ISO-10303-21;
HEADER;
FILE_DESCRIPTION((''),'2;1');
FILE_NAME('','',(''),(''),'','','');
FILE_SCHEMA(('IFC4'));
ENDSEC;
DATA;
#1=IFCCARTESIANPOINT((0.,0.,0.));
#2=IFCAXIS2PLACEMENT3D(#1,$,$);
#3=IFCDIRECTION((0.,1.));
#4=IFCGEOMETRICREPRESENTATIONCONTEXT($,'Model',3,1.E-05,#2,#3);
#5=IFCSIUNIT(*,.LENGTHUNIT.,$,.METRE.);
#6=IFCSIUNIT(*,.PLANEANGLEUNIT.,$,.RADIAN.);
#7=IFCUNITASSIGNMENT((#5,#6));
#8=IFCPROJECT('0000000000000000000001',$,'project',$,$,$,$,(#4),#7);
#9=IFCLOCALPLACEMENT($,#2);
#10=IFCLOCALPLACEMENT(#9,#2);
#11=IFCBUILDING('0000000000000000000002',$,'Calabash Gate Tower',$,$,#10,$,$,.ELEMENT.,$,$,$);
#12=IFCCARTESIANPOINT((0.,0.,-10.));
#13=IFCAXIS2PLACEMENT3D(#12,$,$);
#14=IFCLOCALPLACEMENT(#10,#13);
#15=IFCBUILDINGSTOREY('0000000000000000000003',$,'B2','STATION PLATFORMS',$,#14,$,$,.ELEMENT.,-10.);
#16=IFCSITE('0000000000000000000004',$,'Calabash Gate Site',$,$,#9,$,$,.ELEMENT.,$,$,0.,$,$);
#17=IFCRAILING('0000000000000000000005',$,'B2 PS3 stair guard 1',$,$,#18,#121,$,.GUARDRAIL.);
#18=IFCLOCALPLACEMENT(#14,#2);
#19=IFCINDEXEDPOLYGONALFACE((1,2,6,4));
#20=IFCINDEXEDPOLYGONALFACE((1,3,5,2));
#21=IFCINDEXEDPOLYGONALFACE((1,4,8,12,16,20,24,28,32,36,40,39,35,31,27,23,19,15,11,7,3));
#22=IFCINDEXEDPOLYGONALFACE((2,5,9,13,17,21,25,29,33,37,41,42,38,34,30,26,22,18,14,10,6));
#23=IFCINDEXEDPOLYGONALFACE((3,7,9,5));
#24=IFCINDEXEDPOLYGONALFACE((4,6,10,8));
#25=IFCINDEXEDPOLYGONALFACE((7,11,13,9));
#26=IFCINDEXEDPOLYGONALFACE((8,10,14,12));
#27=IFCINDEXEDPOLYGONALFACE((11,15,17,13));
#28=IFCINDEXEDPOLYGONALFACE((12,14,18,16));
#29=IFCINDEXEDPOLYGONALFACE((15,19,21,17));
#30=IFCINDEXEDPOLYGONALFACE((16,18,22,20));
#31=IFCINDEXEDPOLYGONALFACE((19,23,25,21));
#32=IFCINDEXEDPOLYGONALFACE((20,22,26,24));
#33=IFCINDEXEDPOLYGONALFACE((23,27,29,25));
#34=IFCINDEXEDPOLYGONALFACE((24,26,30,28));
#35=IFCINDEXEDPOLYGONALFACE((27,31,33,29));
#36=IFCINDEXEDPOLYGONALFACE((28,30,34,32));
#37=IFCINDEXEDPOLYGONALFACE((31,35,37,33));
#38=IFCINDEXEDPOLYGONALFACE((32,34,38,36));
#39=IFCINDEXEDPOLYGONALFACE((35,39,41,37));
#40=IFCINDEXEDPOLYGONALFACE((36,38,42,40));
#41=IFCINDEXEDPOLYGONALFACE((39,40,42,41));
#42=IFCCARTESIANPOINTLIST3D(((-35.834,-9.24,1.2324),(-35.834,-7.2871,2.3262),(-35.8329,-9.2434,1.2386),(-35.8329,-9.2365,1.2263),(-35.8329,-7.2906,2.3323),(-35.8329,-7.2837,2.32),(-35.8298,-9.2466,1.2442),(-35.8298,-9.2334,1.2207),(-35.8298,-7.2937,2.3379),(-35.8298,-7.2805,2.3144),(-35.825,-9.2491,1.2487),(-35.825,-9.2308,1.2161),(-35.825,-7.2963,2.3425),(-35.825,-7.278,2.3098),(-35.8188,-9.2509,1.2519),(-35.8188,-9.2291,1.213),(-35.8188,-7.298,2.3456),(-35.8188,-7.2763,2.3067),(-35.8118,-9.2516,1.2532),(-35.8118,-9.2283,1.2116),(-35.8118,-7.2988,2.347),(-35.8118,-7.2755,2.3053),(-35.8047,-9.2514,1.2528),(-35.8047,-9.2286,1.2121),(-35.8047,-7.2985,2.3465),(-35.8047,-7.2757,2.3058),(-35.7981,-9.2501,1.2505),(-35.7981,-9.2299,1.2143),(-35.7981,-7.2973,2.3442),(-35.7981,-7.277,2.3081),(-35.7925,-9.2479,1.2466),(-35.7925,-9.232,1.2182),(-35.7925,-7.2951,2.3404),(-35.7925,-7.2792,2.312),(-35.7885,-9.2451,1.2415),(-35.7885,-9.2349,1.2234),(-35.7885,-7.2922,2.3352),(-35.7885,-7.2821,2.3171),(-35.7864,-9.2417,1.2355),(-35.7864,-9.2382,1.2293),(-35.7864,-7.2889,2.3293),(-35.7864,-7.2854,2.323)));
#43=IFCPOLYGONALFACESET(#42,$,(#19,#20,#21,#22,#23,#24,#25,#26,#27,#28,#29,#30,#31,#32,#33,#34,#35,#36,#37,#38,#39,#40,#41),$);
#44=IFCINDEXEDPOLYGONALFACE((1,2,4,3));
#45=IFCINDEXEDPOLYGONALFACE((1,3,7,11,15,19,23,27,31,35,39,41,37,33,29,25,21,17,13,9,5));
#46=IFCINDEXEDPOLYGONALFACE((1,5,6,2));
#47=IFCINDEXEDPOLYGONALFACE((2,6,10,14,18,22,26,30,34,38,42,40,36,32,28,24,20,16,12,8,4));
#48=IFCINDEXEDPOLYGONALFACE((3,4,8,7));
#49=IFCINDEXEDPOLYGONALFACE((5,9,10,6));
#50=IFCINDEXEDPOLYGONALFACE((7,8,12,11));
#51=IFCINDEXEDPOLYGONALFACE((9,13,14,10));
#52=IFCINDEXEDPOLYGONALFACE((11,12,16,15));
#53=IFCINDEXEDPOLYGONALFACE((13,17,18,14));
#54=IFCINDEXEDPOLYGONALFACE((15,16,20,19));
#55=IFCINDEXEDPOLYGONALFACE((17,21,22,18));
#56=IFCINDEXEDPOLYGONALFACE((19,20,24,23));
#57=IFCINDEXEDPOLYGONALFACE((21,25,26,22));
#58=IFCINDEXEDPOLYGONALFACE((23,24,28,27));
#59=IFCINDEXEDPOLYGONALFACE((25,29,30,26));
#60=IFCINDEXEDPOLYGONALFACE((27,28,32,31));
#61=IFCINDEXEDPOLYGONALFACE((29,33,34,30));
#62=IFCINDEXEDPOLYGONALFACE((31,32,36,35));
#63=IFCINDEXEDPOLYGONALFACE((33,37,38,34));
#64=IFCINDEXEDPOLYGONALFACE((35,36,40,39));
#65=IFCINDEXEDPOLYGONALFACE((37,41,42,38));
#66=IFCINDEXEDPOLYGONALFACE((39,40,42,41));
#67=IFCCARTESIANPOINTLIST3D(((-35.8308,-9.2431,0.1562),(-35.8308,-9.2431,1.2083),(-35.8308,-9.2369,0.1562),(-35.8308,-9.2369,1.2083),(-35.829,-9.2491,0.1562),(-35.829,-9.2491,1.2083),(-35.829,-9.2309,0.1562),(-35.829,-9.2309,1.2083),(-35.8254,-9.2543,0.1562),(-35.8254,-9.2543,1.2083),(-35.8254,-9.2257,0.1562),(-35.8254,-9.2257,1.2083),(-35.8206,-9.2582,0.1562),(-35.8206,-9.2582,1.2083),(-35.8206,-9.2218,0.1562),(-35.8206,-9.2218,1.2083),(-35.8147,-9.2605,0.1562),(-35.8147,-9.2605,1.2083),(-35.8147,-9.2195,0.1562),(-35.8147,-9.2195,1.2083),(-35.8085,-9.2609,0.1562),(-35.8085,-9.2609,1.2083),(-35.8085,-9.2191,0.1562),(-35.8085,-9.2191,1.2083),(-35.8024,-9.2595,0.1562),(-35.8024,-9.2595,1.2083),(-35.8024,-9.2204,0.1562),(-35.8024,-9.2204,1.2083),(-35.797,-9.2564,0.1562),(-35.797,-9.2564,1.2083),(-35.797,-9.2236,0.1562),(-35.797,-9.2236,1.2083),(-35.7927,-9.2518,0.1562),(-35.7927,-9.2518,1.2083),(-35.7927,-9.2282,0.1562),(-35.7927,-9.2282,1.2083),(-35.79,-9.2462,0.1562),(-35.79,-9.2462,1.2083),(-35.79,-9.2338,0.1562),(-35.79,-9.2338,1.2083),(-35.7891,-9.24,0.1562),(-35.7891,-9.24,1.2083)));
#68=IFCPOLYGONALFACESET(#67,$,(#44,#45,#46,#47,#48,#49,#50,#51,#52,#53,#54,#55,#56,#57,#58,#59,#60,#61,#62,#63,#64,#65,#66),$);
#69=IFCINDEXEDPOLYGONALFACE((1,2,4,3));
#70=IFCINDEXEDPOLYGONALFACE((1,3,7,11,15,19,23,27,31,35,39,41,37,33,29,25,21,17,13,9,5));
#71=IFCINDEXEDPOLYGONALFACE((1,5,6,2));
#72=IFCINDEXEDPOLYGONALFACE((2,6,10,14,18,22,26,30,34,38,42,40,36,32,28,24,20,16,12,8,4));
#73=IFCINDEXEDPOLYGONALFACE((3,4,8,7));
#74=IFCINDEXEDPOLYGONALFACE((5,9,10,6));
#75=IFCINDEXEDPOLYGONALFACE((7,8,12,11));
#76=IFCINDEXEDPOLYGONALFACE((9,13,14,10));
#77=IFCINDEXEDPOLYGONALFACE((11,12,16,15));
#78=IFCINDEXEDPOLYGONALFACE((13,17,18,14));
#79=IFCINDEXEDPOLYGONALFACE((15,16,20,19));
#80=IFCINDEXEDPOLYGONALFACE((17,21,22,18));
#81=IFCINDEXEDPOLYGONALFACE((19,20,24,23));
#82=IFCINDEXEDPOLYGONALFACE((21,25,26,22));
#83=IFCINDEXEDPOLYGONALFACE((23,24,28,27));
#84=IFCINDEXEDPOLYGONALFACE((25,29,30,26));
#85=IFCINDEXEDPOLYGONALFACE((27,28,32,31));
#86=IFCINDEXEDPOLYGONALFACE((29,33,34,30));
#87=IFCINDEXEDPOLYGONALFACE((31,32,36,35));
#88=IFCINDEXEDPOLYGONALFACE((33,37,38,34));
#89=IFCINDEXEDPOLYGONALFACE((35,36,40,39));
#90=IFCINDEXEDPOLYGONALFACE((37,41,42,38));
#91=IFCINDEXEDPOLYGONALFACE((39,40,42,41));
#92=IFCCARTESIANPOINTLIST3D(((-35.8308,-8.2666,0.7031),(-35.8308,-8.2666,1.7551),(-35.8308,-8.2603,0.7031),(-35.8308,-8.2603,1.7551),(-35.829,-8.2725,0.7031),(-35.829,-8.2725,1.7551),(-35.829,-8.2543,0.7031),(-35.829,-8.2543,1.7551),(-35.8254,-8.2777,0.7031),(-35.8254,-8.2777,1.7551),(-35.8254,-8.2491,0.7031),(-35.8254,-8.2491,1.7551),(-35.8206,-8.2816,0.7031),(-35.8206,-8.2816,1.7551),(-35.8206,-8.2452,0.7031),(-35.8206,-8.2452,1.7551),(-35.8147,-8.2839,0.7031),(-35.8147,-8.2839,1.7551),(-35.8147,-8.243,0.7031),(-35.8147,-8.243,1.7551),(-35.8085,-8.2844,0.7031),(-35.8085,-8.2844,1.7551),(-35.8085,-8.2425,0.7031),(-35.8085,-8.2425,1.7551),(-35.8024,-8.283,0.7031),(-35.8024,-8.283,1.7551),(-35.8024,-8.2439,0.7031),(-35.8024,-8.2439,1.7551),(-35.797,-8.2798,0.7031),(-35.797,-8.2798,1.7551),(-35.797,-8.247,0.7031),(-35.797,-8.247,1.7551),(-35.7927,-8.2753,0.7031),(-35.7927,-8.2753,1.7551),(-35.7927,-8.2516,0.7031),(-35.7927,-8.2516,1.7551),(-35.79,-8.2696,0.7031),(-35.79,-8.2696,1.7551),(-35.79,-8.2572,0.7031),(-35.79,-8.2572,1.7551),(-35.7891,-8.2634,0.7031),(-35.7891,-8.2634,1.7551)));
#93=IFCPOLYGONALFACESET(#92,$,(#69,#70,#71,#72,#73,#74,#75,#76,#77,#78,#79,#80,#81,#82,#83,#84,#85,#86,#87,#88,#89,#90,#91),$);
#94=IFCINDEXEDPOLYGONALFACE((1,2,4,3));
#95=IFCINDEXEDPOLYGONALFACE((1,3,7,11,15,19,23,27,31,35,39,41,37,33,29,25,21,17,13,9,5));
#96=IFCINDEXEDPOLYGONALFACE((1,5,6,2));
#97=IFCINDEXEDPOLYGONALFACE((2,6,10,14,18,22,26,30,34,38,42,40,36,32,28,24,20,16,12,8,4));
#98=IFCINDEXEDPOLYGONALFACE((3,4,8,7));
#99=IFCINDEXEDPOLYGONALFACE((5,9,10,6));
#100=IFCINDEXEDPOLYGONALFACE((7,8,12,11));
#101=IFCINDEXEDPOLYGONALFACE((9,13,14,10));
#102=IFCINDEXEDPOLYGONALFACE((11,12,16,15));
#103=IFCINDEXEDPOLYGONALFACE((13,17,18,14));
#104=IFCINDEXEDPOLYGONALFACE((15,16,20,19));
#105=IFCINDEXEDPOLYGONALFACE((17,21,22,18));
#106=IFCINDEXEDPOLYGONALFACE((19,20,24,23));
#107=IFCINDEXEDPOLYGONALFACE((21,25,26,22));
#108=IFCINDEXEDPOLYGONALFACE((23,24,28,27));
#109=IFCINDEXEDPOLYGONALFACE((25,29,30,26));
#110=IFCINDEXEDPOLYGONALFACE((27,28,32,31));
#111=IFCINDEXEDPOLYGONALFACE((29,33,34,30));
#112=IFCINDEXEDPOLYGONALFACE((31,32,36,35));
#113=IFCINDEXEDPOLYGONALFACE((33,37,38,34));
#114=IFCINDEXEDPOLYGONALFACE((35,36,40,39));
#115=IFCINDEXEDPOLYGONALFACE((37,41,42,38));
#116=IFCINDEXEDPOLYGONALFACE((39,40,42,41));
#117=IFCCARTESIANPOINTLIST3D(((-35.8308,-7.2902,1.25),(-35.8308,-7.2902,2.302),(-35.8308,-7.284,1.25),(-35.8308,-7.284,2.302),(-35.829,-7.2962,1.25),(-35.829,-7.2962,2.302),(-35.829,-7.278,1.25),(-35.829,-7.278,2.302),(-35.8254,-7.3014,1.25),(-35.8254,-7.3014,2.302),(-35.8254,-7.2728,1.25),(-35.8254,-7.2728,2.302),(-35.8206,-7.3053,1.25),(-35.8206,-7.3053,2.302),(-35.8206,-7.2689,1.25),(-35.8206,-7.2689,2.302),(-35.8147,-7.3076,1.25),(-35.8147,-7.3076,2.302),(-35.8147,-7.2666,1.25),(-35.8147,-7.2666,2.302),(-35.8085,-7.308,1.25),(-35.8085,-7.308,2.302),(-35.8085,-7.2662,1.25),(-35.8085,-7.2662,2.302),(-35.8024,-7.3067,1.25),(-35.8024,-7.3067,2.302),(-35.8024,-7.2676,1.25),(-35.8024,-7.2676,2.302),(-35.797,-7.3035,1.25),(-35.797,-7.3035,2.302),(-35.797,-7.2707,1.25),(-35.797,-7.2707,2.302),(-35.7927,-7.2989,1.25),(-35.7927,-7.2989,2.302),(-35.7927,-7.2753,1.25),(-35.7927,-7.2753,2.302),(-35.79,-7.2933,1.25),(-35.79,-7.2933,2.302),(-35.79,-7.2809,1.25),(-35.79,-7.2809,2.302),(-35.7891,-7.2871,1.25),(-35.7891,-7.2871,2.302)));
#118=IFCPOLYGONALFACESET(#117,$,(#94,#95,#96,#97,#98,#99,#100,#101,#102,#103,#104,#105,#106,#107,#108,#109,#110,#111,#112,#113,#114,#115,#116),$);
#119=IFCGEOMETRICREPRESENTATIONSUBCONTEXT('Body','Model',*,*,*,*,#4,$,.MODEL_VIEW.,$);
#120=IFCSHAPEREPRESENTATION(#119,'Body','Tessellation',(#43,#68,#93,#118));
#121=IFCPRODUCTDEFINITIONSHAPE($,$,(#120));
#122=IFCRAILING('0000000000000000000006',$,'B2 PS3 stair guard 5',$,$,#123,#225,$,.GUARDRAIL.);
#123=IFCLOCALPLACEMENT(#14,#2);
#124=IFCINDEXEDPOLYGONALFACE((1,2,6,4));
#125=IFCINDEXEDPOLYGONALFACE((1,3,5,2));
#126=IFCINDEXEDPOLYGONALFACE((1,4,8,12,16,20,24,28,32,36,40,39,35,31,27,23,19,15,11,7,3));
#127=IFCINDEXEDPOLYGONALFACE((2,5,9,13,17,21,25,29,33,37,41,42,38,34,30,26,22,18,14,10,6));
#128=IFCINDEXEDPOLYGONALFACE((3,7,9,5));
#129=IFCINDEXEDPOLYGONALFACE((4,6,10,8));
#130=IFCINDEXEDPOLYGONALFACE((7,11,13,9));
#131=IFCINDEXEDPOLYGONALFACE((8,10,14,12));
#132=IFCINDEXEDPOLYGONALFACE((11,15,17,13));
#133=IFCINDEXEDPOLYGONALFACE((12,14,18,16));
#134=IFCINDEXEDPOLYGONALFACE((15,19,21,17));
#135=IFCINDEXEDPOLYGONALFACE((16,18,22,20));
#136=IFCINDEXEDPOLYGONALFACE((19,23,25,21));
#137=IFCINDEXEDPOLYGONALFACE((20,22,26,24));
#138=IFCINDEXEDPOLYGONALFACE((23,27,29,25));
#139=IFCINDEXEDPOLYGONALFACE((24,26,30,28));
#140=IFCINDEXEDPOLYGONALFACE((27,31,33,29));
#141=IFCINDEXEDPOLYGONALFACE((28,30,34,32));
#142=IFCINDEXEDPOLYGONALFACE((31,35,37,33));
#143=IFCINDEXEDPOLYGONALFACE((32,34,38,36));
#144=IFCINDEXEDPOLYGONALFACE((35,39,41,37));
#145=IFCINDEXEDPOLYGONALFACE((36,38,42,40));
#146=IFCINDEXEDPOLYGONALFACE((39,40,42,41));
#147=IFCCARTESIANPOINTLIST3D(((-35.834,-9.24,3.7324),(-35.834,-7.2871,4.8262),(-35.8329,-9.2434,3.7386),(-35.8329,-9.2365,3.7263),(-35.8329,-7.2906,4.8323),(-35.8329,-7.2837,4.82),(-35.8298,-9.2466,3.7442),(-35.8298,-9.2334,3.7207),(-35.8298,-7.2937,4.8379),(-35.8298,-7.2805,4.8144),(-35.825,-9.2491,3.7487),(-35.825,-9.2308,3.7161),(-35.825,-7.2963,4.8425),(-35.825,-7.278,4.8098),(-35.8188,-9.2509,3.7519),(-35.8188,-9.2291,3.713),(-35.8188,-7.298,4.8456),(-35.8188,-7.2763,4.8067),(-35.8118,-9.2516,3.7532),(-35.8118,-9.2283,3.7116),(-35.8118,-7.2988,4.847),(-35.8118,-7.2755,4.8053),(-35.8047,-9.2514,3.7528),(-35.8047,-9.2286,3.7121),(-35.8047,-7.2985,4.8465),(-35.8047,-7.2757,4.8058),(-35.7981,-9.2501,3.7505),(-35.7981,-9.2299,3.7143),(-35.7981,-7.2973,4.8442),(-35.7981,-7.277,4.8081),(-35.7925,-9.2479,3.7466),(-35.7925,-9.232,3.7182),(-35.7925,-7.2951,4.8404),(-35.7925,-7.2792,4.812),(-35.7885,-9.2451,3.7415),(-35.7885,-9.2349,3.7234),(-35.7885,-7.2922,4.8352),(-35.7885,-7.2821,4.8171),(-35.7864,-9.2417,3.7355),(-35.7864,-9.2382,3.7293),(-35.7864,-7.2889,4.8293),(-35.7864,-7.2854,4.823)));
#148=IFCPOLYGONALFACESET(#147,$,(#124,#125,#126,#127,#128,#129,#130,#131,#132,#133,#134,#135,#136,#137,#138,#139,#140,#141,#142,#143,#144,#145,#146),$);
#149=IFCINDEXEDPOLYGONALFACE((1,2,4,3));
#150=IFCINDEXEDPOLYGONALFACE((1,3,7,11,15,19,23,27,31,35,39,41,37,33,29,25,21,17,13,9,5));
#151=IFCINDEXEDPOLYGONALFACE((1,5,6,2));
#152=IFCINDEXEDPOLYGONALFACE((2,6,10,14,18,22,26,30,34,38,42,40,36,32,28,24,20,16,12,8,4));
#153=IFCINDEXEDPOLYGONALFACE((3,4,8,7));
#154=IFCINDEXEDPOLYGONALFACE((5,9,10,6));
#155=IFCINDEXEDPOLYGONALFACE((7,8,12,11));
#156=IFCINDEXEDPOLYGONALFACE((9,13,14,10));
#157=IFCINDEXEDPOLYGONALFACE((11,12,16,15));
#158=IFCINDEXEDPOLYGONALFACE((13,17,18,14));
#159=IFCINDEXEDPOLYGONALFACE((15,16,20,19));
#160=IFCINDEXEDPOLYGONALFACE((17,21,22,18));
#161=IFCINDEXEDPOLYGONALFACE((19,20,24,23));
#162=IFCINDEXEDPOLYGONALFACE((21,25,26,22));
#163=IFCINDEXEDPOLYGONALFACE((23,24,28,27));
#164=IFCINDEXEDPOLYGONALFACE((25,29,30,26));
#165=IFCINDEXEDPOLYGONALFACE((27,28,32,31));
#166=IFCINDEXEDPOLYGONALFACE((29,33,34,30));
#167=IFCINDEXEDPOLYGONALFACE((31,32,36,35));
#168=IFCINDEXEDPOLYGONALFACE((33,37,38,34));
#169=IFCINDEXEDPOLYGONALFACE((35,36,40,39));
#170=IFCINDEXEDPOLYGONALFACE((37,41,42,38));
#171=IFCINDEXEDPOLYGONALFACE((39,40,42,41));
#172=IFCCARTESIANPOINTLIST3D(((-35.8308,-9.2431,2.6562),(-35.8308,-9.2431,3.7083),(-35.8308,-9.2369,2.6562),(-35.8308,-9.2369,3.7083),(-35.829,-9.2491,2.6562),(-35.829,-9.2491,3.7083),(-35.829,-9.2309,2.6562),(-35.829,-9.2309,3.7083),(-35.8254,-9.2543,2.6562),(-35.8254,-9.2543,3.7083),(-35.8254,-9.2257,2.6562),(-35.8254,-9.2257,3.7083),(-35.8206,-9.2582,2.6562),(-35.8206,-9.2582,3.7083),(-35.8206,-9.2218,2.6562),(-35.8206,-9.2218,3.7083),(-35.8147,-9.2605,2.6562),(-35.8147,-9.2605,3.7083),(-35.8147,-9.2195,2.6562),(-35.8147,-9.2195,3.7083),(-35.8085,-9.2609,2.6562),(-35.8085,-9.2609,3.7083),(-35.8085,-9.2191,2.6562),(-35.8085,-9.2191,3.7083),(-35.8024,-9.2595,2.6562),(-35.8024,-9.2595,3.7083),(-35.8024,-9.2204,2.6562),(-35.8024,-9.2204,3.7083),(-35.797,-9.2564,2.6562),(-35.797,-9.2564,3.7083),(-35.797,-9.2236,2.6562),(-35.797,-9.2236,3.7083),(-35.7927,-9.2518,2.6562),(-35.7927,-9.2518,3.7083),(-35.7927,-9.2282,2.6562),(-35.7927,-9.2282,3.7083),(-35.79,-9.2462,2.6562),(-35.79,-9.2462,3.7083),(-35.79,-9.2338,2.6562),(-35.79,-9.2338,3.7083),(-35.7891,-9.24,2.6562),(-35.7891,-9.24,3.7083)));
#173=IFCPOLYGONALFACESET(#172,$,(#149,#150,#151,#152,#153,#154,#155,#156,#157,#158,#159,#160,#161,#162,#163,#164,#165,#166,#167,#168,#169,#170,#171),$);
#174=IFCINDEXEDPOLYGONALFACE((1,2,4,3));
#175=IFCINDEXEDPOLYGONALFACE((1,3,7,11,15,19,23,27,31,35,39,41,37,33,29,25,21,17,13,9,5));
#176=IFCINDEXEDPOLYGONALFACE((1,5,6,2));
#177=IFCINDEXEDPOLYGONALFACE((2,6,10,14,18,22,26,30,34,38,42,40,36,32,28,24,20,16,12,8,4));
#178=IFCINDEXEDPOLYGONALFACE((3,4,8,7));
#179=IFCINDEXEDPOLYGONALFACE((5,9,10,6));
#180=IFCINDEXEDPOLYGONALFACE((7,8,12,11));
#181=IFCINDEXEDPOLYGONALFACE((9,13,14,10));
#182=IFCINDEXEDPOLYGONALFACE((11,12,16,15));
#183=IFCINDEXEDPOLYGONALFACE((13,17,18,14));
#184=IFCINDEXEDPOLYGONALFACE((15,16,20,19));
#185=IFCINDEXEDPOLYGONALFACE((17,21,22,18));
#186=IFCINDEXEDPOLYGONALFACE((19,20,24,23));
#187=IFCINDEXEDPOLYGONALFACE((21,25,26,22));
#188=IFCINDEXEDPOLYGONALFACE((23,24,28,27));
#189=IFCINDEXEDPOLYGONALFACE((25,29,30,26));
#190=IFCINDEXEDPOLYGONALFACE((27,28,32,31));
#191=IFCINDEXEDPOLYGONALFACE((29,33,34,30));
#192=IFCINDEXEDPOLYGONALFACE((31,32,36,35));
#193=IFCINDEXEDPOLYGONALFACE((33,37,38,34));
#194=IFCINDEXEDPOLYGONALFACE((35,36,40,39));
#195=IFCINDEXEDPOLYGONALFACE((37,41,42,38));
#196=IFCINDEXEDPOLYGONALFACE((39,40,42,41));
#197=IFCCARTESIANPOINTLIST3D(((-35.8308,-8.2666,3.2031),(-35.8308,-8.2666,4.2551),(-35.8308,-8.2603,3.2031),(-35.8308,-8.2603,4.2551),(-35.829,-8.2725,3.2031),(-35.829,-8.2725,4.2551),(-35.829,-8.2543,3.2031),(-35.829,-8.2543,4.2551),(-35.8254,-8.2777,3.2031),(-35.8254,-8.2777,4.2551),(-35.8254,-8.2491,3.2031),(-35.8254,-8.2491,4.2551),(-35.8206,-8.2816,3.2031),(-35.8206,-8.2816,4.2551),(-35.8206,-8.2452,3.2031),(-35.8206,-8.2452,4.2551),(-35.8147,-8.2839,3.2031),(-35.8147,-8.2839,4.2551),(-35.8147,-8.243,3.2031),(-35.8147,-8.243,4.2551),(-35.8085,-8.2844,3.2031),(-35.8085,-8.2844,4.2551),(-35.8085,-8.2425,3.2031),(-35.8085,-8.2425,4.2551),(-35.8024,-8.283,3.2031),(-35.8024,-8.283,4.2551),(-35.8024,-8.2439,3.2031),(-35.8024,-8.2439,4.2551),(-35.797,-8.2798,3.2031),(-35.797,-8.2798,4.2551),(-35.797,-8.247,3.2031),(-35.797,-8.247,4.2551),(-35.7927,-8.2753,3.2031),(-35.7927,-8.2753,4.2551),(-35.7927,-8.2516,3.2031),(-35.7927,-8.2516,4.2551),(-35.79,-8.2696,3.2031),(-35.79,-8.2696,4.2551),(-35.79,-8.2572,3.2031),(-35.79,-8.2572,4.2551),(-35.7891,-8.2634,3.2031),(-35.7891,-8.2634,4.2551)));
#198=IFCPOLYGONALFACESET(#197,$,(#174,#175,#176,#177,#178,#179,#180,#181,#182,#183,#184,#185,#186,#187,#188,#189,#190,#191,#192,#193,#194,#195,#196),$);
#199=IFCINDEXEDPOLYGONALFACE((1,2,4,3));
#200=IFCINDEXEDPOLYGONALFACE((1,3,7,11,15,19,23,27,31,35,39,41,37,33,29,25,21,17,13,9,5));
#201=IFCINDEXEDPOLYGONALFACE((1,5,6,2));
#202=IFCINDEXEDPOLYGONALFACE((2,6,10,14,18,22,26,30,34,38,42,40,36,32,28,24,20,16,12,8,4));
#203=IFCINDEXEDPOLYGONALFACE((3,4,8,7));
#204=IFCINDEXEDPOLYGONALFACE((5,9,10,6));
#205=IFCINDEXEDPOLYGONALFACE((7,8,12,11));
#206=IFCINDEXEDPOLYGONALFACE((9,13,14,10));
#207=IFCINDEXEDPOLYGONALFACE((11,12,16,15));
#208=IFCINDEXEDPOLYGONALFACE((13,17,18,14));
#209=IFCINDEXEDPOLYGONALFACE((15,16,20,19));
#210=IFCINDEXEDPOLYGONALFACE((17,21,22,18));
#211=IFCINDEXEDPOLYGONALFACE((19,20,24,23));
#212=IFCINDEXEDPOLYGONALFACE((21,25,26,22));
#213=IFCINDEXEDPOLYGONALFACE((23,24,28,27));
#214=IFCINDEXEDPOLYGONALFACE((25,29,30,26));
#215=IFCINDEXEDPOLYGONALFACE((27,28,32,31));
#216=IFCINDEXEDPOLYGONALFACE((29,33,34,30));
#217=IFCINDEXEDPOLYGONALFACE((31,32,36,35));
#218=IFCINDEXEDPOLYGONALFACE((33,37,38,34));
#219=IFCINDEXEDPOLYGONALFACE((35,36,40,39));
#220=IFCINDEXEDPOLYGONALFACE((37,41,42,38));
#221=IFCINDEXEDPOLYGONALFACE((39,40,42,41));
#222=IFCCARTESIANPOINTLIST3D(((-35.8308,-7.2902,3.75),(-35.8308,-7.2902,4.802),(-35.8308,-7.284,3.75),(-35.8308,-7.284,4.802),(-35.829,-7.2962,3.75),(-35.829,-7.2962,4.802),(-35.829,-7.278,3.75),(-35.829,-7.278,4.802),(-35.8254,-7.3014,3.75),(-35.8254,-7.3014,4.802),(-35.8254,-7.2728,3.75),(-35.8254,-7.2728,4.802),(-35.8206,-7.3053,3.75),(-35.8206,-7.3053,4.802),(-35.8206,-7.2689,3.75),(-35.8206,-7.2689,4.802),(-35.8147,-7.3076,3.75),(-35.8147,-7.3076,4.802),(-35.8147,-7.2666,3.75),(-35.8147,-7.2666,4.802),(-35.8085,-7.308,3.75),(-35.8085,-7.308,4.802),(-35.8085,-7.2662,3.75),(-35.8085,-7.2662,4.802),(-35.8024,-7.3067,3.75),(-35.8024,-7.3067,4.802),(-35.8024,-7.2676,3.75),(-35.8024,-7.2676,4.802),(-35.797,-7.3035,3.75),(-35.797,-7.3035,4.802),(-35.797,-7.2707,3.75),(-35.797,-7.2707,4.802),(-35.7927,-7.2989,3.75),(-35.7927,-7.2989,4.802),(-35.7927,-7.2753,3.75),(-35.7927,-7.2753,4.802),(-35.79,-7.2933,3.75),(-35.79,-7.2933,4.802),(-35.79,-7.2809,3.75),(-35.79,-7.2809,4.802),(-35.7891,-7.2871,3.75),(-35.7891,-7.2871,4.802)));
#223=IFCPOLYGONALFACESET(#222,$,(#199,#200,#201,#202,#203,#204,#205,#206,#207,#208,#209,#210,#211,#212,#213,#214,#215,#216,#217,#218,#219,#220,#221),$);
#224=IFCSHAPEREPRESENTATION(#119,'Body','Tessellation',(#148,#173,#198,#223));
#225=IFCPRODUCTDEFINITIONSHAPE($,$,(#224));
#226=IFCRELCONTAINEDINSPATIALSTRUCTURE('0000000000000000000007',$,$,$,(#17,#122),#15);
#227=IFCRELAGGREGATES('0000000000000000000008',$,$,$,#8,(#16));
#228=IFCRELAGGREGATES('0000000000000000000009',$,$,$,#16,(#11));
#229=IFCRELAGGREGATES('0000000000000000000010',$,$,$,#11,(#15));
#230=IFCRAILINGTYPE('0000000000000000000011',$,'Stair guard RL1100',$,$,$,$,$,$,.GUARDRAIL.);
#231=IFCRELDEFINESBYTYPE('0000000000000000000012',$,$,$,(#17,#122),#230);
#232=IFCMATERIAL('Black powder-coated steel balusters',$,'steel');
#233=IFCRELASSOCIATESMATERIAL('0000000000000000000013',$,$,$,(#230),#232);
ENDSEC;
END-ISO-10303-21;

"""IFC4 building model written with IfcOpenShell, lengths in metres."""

from ifc_helpers import new_model, si_unit, direction, frame, origin, origin_2d, place, context, subcontext, project, spatial, circle, extrude, material, type_object, element, save


model = new_model("IFC4")

# Units and contexts
model_context = context("Model", 3, precision=1e-05, world=origin(), true_north=direction((0.0, 1.0)))
body_context = subcontext(model_context, "Body", "Model", "MODEL_VIEW")
ifc_project = project(units=[si_unit("LENGTHUNIT", "METRE"), si_unit("PLANEANGLEUNIT", "RADIAN")], contexts=[model_context])

# Site, building, storey
site_placement = place(None, origin())
site = spatial("IfcSite", under=ifc_project, at=site_placement, Name="Calabash Gate Site", CompositionType="ELEMENT", RefElevation=0.0)
building_placement = place(site_placement, origin())
building = spatial("IfcBuilding", under=site, at=building_placement, Name="Calabash Gate Tower", CompositionType="ELEMENT")
storey_placement = place(building_placement, frame((0.0, 0.0, -10.0)))
storey = spatial("IfcBuildingStorey", under=building, at=storey_placement, Name="B2", Description="STATION PLATFORMS", CompositionType="ELEMENT", Elevation=-10.0)

# Railings
ifc_material_1 = material(Name="Black powder-coated steel balusters", Category="steel")
railing_type_1 = type_object("IfcRailingType", Name="Stair guard RL1100", PredefinedType="GUARDRAIL", material=ifc_material_1)
for number, where, name in (
    (1, (-35.8101, -9.24, 0.1562), "B2 PS3 stair guard 1"),
    (2, (-35.8101, -9.24, 2.6562), "B2 PS3 stair guard 5"),
):
    element("IfcRailing", number, at=place(storey_placement, frame(where)), inside=storey, type_object=railing_type_1, Name=name, PredefinedType="GUARDRAIL", context=body_context, shape_type="SweptSolid", body=[
        extrude(circle(Radius=0.0239, at=origin_2d()), frame((0.0, 0.0, 1.0762), z_axis=(0.0, 0.87248, 0.48865), x_axis=(-1.0, 0.0, 0.0)), (0.0, 0.0, 1.0), 2.2383),
        extrude(circle(Radius=0.021, at=origin_2d()), origin(), (0.0, 0.0, 1.0), 1.052),
        extrude(circle(Radius=0.021, at=origin_2d()), frame((0.0, 0.9766, 0.5469)), (0.0, 0.0, 1.0), 1.052),
        extrude(circle(Radius=0.021, at=origin_2d()), frame((0.0, 1.9529, 1.0938)), (0.0, 0.0, 1.0), 1.052),
    ])

save(model, "model.ifc")
